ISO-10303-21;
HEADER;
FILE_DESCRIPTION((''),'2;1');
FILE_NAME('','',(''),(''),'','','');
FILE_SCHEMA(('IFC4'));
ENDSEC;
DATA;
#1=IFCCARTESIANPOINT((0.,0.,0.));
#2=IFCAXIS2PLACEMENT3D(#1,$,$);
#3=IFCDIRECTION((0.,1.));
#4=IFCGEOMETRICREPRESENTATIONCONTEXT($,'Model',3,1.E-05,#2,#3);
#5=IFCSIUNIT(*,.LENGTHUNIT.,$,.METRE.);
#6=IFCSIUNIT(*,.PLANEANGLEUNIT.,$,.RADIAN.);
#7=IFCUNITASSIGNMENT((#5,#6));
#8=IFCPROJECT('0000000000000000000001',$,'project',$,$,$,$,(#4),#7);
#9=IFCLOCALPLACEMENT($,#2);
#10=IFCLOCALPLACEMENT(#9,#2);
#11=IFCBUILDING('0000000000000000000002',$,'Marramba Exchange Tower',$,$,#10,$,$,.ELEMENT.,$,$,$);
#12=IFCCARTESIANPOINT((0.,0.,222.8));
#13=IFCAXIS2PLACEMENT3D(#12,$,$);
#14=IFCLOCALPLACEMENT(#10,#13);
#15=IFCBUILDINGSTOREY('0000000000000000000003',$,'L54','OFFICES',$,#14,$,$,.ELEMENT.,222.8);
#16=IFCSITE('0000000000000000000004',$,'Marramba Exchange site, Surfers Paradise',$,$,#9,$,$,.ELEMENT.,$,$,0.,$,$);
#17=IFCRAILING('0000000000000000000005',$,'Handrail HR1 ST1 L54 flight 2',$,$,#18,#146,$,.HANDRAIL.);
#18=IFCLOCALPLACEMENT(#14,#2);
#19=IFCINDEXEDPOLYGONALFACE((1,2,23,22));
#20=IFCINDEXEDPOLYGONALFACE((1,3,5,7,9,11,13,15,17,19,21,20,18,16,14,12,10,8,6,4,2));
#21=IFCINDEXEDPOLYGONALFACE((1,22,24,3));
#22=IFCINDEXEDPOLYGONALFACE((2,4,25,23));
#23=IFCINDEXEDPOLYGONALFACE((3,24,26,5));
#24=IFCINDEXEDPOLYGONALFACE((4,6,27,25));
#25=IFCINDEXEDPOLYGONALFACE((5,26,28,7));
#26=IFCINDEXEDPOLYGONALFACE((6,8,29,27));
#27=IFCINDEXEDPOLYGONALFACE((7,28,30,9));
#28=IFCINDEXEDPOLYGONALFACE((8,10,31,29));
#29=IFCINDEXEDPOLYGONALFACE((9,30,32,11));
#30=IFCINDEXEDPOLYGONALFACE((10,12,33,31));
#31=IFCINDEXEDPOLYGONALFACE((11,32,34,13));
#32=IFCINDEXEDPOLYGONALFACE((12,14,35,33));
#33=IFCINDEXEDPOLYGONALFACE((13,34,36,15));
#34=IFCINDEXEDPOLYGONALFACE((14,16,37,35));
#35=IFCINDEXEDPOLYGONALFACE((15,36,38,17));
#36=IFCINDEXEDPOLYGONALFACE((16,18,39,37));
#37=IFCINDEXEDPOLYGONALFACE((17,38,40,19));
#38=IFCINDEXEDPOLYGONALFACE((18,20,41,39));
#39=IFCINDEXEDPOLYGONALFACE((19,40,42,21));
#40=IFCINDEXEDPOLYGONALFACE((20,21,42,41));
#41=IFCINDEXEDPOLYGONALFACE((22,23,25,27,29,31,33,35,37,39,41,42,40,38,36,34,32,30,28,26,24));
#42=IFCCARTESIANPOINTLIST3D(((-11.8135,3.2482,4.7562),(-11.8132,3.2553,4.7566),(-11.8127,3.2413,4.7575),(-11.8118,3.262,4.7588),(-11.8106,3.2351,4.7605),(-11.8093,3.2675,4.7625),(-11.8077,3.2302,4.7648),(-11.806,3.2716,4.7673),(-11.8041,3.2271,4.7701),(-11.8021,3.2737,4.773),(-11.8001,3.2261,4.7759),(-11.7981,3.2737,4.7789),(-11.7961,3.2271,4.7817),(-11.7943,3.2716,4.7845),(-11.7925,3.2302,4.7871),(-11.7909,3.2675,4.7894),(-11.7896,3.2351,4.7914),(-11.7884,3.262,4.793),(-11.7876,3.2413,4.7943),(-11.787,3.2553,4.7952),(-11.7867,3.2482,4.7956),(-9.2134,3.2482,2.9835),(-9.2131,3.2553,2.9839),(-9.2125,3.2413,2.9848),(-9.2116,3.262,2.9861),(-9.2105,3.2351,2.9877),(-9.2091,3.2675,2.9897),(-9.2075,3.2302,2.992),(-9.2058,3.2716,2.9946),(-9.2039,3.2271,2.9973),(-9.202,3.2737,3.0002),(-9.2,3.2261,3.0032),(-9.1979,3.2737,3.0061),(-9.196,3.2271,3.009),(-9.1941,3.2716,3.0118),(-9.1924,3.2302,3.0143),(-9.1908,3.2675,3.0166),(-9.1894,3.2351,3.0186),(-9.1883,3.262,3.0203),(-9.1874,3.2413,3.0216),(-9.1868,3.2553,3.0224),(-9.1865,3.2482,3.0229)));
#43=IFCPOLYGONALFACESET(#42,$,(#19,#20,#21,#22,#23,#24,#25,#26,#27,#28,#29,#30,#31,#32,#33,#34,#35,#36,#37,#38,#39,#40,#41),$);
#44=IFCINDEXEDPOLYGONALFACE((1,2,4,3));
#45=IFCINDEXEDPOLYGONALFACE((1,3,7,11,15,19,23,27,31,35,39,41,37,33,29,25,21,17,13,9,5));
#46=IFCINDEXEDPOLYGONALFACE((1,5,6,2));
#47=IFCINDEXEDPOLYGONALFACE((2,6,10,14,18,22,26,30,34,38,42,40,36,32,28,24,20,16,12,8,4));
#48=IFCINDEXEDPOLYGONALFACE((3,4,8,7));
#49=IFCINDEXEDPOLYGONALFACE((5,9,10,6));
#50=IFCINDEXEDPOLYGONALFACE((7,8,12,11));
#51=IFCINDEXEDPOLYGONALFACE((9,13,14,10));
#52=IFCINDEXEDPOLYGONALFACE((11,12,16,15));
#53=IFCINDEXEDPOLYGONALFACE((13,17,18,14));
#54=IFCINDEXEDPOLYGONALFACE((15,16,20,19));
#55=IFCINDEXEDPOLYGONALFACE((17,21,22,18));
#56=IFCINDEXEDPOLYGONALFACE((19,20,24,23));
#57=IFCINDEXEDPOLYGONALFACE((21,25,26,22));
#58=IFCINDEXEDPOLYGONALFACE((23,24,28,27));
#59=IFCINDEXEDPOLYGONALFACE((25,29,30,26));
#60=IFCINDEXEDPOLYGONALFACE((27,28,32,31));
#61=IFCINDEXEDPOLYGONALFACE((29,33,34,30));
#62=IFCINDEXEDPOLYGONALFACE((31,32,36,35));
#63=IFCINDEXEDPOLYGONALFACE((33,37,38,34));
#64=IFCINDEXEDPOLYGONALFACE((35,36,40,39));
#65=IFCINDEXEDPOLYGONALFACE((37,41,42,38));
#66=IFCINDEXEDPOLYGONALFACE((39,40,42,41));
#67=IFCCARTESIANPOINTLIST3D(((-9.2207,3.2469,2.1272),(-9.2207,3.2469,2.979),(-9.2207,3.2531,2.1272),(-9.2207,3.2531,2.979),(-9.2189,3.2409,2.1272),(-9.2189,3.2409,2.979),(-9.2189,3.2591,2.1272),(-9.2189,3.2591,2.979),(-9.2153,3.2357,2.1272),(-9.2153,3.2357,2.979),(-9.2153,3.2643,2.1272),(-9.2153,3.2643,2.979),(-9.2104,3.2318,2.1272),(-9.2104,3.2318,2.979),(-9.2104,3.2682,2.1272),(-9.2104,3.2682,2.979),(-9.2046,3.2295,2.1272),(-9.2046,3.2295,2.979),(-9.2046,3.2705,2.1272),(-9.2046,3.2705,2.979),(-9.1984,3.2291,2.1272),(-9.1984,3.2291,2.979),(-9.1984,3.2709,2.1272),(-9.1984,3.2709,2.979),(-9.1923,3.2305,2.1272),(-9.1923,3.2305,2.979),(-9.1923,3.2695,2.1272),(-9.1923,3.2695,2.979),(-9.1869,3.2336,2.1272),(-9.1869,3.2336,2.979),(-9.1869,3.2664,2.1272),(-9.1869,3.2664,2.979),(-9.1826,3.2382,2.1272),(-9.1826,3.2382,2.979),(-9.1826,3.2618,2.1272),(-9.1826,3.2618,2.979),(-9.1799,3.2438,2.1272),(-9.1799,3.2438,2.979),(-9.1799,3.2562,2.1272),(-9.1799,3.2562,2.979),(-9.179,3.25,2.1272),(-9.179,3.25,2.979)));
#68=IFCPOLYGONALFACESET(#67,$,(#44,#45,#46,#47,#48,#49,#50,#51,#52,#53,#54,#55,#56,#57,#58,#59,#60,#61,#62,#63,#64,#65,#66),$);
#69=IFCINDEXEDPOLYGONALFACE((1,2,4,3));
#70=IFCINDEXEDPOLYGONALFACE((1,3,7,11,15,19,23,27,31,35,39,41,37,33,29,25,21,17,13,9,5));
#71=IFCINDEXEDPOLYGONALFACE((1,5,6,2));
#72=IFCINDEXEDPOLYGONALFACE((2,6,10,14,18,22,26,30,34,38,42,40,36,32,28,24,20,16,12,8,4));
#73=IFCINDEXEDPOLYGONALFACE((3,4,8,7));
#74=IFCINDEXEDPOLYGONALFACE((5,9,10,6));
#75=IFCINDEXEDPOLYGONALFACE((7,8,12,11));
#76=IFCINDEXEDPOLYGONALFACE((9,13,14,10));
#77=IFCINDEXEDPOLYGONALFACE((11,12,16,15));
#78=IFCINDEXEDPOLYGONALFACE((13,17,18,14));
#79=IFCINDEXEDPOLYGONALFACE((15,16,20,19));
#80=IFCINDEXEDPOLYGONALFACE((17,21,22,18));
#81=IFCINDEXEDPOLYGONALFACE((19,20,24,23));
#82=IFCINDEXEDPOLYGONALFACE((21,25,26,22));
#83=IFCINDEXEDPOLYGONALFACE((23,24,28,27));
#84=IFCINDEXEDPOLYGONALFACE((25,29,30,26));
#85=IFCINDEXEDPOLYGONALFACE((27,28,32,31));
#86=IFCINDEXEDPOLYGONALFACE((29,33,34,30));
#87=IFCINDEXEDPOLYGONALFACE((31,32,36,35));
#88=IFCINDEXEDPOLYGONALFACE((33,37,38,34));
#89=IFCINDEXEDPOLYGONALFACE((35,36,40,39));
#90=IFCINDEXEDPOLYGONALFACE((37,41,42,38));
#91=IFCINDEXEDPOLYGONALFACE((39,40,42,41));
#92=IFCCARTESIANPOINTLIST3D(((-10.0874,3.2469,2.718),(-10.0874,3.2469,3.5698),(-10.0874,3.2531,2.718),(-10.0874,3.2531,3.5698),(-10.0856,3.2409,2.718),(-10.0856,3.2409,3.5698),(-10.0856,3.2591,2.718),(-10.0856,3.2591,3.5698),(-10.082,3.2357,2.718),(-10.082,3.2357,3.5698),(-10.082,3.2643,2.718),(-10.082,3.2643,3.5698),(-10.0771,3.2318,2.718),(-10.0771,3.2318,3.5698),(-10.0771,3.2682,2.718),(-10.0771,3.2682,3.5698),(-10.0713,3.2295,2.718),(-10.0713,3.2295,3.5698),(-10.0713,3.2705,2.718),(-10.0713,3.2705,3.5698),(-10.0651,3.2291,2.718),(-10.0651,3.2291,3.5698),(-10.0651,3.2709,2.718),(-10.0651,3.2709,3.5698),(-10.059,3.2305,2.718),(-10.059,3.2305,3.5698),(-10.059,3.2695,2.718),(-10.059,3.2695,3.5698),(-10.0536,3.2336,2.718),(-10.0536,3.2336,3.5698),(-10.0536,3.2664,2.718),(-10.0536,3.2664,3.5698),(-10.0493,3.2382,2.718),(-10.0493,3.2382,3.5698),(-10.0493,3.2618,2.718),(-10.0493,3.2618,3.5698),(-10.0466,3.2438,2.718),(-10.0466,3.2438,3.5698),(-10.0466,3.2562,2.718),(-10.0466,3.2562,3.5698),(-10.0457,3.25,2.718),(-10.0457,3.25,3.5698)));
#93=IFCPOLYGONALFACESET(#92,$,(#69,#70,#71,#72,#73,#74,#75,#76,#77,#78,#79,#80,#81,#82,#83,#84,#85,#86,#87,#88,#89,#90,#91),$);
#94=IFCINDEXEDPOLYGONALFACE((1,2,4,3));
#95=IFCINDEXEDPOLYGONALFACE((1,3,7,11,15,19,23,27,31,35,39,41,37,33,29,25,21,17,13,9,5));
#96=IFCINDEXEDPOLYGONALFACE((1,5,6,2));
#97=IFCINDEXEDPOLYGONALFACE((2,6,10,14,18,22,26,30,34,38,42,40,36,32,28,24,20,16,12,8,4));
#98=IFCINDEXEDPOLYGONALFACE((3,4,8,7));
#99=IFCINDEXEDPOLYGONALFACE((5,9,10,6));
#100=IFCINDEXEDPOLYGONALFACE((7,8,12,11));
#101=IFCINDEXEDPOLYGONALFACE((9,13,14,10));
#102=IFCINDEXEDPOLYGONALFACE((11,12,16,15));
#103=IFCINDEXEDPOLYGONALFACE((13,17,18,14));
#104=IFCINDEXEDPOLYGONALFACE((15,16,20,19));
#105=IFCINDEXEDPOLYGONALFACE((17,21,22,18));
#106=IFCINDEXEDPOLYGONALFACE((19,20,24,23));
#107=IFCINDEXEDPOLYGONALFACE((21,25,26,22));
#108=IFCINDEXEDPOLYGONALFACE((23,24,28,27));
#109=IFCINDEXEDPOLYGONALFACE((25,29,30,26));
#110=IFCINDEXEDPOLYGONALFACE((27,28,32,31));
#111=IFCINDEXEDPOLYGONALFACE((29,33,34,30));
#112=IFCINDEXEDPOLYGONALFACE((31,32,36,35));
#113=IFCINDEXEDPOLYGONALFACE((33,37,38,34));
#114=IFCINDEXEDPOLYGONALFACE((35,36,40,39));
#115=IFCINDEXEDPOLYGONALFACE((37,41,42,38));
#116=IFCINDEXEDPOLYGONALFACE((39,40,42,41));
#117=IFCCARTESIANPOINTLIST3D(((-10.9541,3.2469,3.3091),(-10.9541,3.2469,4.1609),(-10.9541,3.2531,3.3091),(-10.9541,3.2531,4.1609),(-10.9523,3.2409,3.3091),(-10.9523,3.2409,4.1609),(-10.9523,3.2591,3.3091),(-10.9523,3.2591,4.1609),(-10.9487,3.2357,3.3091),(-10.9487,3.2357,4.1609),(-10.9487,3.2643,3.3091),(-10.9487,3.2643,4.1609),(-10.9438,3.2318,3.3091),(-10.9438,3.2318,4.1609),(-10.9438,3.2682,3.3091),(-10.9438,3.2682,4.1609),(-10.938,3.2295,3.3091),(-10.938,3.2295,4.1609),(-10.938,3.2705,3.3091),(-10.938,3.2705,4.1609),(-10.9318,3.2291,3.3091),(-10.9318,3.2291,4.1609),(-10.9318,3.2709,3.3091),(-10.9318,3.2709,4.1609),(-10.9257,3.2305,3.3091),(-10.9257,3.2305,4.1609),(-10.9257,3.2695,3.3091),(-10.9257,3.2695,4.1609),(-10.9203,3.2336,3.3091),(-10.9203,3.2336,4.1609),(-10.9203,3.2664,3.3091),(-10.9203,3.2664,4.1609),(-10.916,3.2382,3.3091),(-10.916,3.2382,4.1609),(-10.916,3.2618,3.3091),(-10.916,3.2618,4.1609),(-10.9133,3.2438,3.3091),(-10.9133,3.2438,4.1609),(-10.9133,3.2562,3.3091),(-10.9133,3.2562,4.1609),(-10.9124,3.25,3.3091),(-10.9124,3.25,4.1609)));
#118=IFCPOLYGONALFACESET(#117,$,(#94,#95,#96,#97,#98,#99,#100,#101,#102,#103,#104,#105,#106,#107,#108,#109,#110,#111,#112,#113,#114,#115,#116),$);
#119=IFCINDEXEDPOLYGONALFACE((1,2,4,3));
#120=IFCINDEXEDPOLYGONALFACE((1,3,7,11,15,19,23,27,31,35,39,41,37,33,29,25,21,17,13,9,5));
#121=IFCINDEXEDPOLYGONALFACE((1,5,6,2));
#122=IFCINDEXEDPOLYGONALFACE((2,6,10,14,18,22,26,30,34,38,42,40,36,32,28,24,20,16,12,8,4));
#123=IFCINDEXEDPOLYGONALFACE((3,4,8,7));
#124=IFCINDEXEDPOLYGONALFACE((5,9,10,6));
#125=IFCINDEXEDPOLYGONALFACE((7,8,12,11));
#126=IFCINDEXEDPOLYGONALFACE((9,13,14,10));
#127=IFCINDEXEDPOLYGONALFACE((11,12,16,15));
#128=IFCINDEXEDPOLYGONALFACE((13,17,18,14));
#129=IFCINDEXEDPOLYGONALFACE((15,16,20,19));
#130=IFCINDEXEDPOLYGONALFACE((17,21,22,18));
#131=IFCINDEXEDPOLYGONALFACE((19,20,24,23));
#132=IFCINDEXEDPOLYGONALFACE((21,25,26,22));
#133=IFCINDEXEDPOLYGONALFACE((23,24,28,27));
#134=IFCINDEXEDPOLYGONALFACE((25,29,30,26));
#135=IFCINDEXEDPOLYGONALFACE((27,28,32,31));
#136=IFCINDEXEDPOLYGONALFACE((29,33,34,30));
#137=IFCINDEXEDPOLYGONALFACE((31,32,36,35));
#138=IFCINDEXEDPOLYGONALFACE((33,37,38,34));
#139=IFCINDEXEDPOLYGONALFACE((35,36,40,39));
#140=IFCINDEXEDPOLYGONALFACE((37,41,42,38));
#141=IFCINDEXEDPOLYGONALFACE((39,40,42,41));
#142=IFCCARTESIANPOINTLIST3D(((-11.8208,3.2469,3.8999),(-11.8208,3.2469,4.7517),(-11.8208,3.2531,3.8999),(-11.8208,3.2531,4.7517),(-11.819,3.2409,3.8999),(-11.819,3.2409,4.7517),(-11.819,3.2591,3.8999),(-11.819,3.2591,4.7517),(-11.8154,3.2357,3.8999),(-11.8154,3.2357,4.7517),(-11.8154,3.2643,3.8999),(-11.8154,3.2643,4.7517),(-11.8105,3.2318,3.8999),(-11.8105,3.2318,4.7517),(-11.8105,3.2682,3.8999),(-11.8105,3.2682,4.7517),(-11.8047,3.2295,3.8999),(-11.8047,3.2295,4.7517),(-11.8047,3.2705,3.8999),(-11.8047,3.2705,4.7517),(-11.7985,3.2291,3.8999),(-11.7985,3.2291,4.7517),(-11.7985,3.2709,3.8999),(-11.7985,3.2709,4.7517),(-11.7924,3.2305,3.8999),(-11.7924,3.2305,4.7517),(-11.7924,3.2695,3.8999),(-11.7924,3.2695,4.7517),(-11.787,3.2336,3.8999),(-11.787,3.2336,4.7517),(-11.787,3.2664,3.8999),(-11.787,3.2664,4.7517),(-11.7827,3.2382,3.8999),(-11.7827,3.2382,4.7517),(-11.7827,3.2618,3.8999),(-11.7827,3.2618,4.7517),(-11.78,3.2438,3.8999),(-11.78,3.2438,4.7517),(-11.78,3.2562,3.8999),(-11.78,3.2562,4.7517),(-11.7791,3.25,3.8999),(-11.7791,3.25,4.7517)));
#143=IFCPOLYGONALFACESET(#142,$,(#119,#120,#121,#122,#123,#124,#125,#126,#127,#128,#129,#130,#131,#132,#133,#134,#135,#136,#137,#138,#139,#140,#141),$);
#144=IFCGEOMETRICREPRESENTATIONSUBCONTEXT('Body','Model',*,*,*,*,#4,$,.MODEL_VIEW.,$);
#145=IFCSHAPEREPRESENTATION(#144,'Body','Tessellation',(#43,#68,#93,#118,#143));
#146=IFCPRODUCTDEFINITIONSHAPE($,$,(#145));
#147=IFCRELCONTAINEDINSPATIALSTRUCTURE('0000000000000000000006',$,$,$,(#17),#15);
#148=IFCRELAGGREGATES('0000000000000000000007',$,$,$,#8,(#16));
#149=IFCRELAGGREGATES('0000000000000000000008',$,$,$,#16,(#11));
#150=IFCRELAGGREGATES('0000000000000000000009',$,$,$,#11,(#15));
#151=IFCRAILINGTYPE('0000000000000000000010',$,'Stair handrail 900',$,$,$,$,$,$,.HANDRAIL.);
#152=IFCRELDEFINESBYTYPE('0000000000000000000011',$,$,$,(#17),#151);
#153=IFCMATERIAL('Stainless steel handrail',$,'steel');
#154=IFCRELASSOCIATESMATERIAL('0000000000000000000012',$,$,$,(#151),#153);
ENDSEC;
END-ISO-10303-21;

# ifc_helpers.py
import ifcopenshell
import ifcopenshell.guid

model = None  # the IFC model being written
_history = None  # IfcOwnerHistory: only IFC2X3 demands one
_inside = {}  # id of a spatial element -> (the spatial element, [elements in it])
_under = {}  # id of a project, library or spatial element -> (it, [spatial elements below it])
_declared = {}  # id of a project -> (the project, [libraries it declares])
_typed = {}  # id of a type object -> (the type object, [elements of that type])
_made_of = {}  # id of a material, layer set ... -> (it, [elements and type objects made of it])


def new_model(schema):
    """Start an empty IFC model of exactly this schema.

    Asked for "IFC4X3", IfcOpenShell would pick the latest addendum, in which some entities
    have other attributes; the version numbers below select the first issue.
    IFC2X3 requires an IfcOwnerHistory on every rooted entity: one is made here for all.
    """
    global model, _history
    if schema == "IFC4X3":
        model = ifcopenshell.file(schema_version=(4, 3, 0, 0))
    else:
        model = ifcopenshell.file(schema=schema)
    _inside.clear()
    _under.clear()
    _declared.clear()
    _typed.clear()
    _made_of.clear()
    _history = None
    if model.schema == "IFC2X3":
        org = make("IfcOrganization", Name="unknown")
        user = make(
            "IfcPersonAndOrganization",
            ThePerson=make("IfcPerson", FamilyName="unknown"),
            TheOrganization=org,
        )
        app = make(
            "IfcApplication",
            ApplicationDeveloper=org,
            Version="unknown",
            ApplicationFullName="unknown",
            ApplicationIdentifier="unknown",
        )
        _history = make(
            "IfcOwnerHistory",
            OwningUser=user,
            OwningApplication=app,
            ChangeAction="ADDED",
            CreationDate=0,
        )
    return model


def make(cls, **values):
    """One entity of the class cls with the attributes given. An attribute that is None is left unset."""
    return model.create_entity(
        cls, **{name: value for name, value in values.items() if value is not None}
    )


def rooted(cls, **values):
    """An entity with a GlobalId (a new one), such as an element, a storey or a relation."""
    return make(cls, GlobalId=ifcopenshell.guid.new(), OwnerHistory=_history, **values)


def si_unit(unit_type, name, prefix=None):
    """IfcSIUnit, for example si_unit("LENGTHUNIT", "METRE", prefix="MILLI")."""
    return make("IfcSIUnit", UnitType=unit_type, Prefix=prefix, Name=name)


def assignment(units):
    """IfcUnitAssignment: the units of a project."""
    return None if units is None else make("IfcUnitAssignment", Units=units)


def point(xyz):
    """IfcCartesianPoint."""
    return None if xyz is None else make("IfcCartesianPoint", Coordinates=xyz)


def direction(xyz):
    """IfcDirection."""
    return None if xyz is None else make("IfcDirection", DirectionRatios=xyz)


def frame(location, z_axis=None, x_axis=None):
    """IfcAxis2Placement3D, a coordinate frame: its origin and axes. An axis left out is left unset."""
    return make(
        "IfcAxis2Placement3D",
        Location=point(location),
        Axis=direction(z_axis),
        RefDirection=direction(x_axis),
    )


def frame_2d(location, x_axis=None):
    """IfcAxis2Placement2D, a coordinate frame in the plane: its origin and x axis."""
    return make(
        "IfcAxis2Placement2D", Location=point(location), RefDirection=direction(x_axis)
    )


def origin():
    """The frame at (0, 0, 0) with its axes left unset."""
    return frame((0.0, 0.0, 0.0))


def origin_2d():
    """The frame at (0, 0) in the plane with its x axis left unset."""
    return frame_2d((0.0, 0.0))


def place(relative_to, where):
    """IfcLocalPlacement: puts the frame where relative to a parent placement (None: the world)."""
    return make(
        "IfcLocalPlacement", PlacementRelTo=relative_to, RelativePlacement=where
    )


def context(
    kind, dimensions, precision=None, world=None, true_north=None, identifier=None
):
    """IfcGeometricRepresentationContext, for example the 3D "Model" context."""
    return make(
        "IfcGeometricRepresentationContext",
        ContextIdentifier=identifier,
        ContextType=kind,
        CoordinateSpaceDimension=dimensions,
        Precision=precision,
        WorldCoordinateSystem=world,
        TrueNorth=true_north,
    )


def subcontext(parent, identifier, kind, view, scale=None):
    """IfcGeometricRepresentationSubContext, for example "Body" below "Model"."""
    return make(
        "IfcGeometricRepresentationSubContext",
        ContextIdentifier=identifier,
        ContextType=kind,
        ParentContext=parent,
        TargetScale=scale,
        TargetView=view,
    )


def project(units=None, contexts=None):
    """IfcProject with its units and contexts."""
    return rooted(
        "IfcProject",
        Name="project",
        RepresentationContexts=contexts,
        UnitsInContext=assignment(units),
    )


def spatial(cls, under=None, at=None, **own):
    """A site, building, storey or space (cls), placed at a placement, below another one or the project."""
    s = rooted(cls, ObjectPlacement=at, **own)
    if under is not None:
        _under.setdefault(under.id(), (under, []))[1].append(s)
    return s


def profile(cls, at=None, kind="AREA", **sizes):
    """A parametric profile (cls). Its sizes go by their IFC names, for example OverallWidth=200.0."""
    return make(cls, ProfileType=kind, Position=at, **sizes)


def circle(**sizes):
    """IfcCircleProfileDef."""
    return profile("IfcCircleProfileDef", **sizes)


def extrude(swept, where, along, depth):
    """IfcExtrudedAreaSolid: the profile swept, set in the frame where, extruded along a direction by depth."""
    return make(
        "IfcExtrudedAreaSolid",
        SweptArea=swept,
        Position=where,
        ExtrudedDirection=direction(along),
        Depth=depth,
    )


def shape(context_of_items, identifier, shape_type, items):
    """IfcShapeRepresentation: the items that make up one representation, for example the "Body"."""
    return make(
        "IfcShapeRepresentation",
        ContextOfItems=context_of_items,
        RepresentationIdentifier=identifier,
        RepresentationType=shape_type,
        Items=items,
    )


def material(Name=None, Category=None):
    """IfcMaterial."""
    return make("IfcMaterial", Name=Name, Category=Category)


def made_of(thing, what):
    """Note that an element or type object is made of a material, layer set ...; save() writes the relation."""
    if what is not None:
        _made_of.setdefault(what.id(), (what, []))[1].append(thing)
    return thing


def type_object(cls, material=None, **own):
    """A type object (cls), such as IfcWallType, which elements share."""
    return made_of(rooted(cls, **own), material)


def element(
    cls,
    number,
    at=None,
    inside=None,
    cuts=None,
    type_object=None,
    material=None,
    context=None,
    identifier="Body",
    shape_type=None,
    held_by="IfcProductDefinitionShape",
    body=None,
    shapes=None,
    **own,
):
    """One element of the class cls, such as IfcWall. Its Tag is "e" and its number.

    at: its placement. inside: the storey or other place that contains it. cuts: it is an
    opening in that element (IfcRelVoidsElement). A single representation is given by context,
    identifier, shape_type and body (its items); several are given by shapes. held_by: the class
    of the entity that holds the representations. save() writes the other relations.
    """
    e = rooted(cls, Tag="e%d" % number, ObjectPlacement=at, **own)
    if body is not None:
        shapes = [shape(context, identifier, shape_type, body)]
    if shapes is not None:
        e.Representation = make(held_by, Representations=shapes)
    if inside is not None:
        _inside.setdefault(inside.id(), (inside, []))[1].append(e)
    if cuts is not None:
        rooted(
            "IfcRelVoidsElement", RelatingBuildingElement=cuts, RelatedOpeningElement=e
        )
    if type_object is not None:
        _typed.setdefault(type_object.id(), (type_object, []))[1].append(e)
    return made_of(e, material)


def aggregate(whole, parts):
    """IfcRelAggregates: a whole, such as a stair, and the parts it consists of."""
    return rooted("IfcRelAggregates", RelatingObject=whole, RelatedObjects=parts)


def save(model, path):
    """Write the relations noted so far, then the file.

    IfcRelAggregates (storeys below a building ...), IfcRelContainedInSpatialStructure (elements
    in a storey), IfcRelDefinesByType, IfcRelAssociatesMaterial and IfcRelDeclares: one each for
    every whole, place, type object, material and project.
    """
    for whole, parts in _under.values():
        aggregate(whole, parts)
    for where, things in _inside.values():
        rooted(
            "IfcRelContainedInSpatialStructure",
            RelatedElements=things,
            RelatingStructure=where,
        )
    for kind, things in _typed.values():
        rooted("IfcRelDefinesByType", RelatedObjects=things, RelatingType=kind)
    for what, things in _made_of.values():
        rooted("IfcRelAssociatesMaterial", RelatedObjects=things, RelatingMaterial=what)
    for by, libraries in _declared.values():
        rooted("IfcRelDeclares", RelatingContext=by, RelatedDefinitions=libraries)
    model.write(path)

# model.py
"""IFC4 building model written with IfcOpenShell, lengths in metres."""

from ifc_helpers import new_model, si_unit, direction, frame, origin, origin_2d, place, context, subcontext, project, spatial, circle, extrude, material, type_object, element, save


model = new_model("IFC4")

# Units and contexts
model_context = context("Model", 3, precision=1e-05, world=origin(), true_north=direction((0.0, 1.0)))
body_context = subcontext(model_context, "Body", "Model", "MODEL_VIEW")
ifc_project = project(units=[si_unit("LENGTHUNIT", "METRE"), si_unit("PLANEANGLEUNIT", "RADIAN")], contexts=[model_context])

# Site, building, storey
site_placement = place(None, origin())
site = spatial("IfcSite", under=ifc_project, at=site_placement, Name="Marramba Exchange site, Surfers Paradise", CompositionType="ELEMENT", RefElevation=0.0)
building_placement = place(site_placement, origin())
building = spatial("IfcBuilding", under=site, at=building_placement, Name="Marramba Exchange Tower", CompositionType="ELEMENT")
storey_placement = place(building_placement, frame((0.0, 0.0, 222.8)))
storey = spatial("IfcBuildingStorey", under=building, at=storey_placement, Name="L54", Description="OFFICES", CompositionType="ELEMENT", Elevation=222.8)

# Railing
ifc_material_1 = material(Name="Stainless steel handrail", Category="steel")
railing_type = type_object("IfcRailingType", Name="Stair handrail 900", PredefinedType="HANDRAIL", material=ifc_material_1)
railing_placement = place(storey_placement, frame((-9.2, 3.25, 2.1272)))
element("IfcRailing", 1, at=railing_placement, inside=storey, type_object=railing_type, Name="Handrail HR1 ST1 L54 flight 2", PredefinedType="HANDRAIL", context=body_context, shape_type="SweptSolid", body=[
    extrude(circle(Radius=0.0239, at=origin_2d()), frame((0.0, 0.0, 0.876), z_axis=(-0.82624, 0.0, 0.563318), x_axis=(0.0, -1.0, 0.0)), (0.0, 0.0, 1.0), 3.147),
    extrude(circle(Radius=0.021, at=origin_2d()), origin(), (0.0, 0.0, 1.0), 0.8518),
    extrude(circle(Radius=0.021, at=origin_2d()), frame((-0.8667, 0.0, 0.5908)), (0.0, 0.0, 1.0), 0.8518),
    extrude(circle(Radius=0.021, at=origin_2d()), frame((-1.7334, 0.0, 1.1819)), (0.0, 0.0, 1.0), 0.8518),
    extrude(circle(Radius=0.021, at=origin_2d()), frame((-2.6001, 0.0, 1.7727)), (0.0, 0.0, 1.0), 0.8518),
])

save(model, "model.ifc")
